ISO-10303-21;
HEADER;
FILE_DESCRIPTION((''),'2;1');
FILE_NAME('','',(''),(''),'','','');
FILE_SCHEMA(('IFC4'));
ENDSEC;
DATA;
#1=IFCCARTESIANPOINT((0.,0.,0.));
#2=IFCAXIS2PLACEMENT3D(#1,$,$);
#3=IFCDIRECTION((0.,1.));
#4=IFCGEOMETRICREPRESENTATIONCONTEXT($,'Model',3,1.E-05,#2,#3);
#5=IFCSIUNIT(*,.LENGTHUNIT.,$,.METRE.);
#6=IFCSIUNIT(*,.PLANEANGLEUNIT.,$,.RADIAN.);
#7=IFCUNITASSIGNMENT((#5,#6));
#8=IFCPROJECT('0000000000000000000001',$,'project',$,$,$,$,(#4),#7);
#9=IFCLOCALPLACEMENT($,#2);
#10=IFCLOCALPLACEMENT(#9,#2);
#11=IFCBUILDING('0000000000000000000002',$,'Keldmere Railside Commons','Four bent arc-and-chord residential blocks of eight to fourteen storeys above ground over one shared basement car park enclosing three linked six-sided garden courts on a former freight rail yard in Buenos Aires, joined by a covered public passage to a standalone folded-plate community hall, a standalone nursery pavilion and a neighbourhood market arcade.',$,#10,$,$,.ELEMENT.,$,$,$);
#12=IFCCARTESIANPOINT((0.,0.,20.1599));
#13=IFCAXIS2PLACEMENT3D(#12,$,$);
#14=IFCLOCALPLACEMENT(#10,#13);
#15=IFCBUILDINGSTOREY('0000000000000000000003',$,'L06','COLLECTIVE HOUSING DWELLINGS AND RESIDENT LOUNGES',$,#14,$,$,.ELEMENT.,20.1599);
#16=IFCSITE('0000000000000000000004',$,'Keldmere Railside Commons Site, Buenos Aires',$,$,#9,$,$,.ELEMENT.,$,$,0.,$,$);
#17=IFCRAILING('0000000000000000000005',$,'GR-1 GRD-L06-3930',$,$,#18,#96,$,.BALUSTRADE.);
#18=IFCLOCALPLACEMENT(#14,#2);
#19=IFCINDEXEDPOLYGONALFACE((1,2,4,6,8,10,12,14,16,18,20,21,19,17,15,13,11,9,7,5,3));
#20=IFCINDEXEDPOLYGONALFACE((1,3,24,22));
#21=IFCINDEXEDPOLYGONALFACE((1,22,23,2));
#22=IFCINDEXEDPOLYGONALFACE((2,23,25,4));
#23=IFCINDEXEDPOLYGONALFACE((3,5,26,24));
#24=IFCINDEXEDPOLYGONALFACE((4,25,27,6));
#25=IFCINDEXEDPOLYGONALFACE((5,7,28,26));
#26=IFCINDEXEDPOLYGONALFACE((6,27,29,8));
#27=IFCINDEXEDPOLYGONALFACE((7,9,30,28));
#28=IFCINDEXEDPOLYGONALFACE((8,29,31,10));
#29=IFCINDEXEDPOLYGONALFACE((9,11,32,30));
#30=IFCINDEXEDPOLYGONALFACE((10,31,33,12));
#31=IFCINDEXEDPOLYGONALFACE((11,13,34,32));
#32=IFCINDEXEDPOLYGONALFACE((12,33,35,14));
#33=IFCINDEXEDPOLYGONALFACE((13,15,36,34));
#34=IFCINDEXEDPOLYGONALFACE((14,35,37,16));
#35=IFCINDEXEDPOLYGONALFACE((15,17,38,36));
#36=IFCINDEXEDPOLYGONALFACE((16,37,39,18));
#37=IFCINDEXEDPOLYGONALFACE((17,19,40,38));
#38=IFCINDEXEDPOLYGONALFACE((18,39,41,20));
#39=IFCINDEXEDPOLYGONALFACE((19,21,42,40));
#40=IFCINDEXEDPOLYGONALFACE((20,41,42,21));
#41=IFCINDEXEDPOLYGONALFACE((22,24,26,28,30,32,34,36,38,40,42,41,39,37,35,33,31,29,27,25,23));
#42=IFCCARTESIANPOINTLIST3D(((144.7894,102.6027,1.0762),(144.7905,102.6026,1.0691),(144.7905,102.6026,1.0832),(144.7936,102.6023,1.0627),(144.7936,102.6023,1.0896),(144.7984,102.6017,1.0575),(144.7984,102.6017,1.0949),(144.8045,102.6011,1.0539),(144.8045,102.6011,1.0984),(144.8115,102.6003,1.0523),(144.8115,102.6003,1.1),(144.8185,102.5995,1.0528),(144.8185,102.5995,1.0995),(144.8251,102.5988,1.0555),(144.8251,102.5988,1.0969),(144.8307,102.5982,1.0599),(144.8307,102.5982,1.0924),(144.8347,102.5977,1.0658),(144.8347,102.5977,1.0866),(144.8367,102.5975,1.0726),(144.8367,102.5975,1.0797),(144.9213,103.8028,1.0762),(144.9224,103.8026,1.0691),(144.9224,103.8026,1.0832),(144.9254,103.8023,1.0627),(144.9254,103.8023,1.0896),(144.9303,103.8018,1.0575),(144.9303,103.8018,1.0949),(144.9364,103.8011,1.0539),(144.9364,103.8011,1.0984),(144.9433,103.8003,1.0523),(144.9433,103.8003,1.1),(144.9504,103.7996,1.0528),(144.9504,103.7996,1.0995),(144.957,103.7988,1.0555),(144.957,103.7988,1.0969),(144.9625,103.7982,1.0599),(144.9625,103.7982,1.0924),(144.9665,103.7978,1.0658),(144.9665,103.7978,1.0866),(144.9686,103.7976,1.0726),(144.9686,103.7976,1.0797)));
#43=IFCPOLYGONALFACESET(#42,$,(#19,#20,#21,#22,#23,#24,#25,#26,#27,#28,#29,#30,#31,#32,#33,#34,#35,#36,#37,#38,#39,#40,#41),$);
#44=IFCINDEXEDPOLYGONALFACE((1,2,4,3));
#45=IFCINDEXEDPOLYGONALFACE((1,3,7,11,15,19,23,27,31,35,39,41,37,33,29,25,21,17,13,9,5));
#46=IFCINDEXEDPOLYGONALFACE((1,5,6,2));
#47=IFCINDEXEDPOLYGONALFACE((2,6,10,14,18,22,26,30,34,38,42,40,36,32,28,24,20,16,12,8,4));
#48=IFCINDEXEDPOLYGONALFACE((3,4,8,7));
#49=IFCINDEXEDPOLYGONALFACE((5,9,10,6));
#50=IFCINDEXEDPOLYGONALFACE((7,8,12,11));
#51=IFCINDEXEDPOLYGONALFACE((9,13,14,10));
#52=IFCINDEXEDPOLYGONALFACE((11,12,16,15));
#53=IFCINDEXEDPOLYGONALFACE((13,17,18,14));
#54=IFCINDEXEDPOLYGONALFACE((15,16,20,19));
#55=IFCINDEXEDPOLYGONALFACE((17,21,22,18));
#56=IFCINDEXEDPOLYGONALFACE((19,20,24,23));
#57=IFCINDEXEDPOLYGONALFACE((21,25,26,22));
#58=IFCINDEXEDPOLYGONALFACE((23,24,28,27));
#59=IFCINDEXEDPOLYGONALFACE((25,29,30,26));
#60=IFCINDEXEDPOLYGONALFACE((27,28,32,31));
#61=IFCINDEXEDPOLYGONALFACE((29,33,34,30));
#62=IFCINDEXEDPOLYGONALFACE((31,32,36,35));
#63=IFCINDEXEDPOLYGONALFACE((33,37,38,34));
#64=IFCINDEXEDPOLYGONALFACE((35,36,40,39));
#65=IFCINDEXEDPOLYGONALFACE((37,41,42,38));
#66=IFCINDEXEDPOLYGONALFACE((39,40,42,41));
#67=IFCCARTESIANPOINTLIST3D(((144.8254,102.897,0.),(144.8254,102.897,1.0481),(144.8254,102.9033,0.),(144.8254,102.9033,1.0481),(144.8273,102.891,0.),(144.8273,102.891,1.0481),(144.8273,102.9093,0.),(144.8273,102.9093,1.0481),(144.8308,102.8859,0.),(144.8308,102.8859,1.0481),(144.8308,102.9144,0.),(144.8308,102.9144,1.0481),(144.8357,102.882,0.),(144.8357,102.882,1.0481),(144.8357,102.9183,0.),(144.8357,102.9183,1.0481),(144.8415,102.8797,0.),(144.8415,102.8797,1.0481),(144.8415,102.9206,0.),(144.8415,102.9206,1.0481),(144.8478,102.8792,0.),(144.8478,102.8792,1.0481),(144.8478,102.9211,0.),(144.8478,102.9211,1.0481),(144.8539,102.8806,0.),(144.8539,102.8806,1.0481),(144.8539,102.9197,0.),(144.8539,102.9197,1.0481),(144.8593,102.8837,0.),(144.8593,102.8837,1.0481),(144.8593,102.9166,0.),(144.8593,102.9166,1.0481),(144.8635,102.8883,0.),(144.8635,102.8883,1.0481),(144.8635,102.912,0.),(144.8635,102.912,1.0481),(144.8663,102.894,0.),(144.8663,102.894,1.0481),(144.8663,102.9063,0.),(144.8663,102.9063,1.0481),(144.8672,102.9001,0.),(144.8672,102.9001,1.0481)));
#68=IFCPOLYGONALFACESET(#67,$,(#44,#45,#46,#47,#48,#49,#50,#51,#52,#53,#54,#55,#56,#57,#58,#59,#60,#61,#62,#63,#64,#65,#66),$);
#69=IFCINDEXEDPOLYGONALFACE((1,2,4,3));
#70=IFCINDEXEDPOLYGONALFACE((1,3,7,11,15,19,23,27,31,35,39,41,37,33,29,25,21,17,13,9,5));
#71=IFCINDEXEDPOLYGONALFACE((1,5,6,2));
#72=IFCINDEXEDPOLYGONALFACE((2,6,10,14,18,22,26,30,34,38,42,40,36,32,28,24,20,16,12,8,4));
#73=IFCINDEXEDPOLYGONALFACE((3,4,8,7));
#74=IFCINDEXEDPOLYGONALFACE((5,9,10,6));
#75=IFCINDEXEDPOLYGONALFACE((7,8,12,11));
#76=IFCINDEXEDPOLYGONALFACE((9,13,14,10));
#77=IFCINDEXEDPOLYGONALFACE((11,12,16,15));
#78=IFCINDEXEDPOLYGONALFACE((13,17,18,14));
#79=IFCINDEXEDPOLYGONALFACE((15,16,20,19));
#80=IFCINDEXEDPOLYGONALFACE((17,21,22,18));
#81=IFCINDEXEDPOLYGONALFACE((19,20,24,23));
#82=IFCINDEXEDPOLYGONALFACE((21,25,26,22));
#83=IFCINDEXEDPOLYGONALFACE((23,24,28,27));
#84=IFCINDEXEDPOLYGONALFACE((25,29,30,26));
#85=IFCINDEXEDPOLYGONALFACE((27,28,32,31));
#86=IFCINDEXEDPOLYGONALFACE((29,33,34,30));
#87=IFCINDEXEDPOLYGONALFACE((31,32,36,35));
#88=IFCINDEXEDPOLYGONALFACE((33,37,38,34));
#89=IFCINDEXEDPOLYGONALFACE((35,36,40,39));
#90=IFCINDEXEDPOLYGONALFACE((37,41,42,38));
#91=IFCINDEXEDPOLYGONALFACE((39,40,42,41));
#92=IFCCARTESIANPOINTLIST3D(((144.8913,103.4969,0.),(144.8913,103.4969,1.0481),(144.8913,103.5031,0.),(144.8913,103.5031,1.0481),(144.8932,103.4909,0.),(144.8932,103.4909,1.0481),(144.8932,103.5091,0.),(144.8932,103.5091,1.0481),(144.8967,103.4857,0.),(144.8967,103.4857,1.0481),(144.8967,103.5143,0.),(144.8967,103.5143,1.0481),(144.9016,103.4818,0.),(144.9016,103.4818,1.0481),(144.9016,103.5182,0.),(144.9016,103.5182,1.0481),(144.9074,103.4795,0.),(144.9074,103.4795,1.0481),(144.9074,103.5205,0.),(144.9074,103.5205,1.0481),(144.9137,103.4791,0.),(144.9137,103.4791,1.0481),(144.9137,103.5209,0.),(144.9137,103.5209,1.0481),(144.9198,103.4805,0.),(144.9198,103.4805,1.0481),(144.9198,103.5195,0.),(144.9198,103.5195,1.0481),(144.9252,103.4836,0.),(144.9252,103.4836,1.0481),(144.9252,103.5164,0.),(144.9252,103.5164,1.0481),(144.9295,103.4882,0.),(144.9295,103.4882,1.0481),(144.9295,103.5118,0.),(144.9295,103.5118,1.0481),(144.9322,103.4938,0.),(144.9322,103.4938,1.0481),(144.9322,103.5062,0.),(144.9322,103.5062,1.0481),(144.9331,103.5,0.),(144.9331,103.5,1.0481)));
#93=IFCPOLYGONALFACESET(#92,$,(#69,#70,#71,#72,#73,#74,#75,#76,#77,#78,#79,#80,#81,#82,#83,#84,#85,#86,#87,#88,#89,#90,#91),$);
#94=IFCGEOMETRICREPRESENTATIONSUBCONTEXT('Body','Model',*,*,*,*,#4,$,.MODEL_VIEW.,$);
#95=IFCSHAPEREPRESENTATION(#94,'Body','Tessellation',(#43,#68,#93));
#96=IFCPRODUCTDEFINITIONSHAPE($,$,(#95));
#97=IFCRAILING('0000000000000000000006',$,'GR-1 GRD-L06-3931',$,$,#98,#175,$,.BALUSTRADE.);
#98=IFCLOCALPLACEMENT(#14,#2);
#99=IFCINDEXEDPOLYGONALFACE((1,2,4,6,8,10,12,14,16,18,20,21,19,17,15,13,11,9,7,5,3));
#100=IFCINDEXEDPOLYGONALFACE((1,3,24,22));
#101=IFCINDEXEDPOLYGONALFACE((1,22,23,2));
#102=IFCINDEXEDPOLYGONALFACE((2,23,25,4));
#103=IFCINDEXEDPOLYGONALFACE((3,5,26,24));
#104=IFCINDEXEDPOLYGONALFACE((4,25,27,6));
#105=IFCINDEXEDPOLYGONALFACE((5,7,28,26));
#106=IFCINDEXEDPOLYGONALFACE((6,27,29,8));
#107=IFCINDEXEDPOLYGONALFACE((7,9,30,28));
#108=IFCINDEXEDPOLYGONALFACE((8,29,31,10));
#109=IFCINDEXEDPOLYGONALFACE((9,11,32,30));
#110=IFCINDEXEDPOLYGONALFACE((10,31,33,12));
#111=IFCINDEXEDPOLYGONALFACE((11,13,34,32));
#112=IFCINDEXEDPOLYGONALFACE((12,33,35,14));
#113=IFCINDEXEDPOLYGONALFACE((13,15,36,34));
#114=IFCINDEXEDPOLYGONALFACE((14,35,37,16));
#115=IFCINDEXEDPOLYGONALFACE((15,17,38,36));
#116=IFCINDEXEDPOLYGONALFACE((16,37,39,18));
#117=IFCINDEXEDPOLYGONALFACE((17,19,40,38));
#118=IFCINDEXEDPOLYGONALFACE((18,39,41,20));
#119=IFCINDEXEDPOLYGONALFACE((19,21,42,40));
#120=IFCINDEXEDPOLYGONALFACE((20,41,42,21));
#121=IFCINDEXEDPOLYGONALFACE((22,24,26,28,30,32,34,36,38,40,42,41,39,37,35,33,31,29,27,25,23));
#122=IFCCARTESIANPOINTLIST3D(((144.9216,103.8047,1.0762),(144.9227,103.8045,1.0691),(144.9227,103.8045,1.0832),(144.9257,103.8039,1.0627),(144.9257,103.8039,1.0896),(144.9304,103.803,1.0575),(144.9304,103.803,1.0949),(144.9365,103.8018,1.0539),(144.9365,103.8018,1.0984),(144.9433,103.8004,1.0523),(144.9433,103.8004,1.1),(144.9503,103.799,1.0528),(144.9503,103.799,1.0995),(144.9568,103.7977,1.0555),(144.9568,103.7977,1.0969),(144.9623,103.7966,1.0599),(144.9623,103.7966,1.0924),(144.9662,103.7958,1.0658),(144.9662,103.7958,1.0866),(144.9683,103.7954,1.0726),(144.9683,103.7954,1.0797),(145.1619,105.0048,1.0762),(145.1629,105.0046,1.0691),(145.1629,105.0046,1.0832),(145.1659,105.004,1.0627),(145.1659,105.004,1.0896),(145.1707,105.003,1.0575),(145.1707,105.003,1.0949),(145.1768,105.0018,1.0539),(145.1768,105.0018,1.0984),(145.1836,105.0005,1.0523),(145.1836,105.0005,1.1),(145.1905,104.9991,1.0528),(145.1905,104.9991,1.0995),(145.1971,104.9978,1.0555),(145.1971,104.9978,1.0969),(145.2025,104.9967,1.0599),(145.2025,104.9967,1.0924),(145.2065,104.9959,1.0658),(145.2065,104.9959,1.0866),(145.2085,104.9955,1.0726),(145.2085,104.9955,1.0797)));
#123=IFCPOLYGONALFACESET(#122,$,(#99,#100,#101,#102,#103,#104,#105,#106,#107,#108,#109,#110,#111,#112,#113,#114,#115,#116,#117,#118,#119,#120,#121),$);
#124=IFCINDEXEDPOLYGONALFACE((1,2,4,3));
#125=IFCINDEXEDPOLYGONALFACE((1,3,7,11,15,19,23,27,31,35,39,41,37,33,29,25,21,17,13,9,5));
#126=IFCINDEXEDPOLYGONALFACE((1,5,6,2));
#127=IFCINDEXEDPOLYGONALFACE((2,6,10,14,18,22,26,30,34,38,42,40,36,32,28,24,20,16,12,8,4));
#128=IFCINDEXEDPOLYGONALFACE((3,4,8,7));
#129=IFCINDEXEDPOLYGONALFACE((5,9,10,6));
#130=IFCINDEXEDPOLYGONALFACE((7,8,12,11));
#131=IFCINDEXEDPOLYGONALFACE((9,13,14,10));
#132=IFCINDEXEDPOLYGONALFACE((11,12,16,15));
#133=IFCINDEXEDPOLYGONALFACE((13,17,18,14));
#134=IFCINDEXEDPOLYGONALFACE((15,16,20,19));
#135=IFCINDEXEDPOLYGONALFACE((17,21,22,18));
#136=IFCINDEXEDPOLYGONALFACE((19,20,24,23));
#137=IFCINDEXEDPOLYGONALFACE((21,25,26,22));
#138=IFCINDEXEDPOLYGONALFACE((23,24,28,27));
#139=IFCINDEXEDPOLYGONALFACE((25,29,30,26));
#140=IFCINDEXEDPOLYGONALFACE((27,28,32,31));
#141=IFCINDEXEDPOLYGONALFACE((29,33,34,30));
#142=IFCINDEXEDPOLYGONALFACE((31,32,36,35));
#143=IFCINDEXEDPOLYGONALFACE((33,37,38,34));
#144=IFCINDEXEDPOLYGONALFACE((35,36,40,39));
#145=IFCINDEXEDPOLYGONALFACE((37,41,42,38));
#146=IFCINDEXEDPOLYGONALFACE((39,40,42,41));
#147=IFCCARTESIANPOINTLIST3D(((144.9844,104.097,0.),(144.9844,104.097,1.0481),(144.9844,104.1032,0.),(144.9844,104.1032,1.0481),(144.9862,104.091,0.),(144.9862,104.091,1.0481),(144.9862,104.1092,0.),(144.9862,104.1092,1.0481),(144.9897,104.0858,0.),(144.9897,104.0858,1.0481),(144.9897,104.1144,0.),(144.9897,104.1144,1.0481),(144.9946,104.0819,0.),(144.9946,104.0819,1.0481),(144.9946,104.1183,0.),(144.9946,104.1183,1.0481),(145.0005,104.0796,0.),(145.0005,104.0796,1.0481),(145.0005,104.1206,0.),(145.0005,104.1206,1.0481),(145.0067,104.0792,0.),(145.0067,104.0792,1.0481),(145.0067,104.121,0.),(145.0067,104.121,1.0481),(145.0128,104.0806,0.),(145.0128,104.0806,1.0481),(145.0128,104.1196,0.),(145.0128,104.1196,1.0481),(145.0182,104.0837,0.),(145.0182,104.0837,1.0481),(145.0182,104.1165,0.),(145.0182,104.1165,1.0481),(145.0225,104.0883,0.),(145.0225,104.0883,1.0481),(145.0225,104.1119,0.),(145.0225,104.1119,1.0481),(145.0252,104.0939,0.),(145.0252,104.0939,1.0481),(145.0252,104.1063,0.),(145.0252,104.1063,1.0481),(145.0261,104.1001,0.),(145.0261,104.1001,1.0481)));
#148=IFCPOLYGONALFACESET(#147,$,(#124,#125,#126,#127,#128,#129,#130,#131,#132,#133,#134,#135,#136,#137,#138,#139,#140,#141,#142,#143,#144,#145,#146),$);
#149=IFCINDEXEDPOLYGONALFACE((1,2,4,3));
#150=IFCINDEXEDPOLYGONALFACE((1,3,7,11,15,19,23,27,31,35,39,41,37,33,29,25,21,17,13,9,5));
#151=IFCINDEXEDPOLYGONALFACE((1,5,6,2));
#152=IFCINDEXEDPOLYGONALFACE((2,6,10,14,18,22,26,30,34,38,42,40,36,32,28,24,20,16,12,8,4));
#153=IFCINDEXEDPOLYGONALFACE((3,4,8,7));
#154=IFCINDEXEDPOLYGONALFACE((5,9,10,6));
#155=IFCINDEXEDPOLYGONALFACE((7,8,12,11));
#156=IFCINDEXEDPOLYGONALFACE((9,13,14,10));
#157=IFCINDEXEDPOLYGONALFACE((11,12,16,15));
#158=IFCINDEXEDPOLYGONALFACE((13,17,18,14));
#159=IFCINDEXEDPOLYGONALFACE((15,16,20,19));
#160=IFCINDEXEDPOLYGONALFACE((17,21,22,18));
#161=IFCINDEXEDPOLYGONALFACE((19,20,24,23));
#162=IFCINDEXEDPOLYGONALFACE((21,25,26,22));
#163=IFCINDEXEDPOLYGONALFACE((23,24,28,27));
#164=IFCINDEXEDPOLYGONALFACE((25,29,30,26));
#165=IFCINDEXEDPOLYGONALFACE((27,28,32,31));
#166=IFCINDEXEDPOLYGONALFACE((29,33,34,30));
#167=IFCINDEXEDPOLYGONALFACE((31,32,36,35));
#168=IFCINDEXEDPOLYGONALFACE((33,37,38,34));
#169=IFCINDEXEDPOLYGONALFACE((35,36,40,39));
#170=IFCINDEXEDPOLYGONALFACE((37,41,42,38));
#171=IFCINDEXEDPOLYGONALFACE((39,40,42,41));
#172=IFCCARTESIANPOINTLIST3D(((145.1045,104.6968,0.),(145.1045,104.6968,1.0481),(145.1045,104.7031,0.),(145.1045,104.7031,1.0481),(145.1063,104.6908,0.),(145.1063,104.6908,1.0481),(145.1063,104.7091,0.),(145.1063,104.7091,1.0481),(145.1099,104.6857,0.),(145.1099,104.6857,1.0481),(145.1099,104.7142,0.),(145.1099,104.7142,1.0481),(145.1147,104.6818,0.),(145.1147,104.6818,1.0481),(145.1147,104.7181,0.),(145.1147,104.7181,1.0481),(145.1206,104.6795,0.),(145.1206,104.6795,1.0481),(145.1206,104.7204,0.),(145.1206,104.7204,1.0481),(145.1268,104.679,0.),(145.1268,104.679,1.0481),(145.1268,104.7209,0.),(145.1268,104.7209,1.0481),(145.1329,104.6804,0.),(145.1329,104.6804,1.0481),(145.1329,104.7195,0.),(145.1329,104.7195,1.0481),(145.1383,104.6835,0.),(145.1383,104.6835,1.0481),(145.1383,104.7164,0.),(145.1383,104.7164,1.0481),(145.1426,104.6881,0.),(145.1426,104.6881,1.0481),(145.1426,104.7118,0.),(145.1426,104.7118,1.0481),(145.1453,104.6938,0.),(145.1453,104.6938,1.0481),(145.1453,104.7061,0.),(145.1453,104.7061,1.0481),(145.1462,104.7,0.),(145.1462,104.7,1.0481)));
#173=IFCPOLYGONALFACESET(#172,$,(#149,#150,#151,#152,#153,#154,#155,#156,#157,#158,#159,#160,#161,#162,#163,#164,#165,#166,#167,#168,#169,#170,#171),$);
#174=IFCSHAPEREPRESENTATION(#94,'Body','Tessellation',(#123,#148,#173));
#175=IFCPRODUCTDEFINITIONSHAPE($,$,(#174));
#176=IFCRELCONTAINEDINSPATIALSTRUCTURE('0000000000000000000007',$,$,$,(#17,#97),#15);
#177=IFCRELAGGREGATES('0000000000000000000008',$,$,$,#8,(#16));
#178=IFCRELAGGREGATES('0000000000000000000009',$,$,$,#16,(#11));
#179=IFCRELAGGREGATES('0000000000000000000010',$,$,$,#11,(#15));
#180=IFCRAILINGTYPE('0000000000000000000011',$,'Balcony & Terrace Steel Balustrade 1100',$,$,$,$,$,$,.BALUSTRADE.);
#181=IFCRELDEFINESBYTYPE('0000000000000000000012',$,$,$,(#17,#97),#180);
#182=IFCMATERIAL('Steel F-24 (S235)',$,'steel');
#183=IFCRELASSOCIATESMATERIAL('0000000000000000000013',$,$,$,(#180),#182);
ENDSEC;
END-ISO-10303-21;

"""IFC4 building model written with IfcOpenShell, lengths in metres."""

from ifc_helpers import new_model, si_unit, direction, frame, origin, origin_2d, place, context, subcontext, project, spatial, circle, extrude, material, type_object, element, save


model = new_model("IFC4")

# Units and contexts
model_context = context("Model", 3, precision=1e-05, world=origin(), true_north=direction((0.0, 1.0)))
body_context = subcontext(model_context, "Body", "Model", "MODEL_VIEW")
ifc_project = project(units=[si_unit("LENGTHUNIT", "METRE"), si_unit("PLANEANGLEUNIT", "RADIAN")], contexts=[model_context])

# Site, building, storey
site_placement = place(None, origin())
site = spatial("IfcSite", under=ifc_project, at=site_placement, Name="Keldmere Railside Commons Site, Buenos Aires", CompositionType="ELEMENT", RefElevation=0.0)
building_placement = place(site_placement, origin())
building = spatial("IfcBuilding", under=site, at=building_placement, Name="Keldmere Railside Commons", Description="Four bent arc-and-chord residential blocks of eight to fourteen storeys above ground over one shared basement car park enclosing three linked six-sided garden courts on a former freight rail yard in Buenos Aires, joined by a covered public passage to a standalone folded-plate community hall, a standalone nursery pavilion and a neighbourhood market arcade.", CompositionType="ELEMENT")
storey_placement = place(building_placement, frame((0.0, 0.0, 20.1599)))
storey = spatial("IfcBuildingStorey", under=building, at=storey_placement, Name="L06", Description="COLLECTIVE HOUSING DWELLINGS AND RESIDENT LOUNGES", CompositionType="ELEMENT", Elevation=20.1599)

# Shared definitions
ifc_material_1 = material(Name="Steel F-24 (S235)", Category="steel")

# Railings
railing_type_1 = type_object("IfcRailingType", Name="Balcony & Terrace Steel Balustrade 1100", PredefinedType="BALUSTRADE", material=ifc_material_1)
railing_1_placement = place(storey_placement, frame((144.8132, 102.6001, 0.0)))
element("IfcRailing", 1, at=railing_1_placement, inside=storey, type_object=railing_type_1, Name="GR-1 GRD-L06-3930", PredefinedType="BALUSTRADE", context=body_context, shape_type="SweptSolid", body=[
    extrude(circle(Radius=0.0239, at=origin_2d()), frame((0.0, 0.0, 1.0762), z_axis=(0.109211, 0.994019, 0.0), x_axis=(-0.994019, 0.109211, 0.0)), (0.0, 0.0, 1.0), 1.2073),
    extrude(circle(Radius=0.021, at=origin_2d()), frame((0.033, 0.3, 0.0)), (0.0, 0.0, 1.0), 1.0481),
    extrude(circle(Radius=0.021, at=origin_2d()), frame((0.0989, 0.8999, 0.0)), (0.0, 0.0, 1.0), 1.0481),
])
railing_2_placement = place(storey_placement, frame((144.9451, 103.8, 0.0)))
element("IfcRailing", 2, at=railing_2_placement, inside=storey, type_object=railing_type_1, Name="GR-1 GRD-L06-3931", PredefinedType="BALUSTRADE", context=body_context, shape_type="SweptSolid", body=[
    extrude(circle(Radius=0.0239, at=origin_2d()), frame((0.0, 0.0, 1.0762), z_axis=(0.196308, 0.980542, 0.0), x_axis=(-0.980542, 0.196308, 0.0)), (0.0, 0.0, 1.0), 1.2239),
    extrude(circle(Radius=0.021, at=origin_2d()), frame((0.0601, 0.3, 0.0)), (0.0, 0.0, 1.0), 1.0481),
    extrude(circle(Radius=0.021, at=origin_2d()), frame((0.1802, 0.8999, 0.0)), (0.0, 0.0, 1.0), 1.0481),
])

save(model, "model.ifc")
